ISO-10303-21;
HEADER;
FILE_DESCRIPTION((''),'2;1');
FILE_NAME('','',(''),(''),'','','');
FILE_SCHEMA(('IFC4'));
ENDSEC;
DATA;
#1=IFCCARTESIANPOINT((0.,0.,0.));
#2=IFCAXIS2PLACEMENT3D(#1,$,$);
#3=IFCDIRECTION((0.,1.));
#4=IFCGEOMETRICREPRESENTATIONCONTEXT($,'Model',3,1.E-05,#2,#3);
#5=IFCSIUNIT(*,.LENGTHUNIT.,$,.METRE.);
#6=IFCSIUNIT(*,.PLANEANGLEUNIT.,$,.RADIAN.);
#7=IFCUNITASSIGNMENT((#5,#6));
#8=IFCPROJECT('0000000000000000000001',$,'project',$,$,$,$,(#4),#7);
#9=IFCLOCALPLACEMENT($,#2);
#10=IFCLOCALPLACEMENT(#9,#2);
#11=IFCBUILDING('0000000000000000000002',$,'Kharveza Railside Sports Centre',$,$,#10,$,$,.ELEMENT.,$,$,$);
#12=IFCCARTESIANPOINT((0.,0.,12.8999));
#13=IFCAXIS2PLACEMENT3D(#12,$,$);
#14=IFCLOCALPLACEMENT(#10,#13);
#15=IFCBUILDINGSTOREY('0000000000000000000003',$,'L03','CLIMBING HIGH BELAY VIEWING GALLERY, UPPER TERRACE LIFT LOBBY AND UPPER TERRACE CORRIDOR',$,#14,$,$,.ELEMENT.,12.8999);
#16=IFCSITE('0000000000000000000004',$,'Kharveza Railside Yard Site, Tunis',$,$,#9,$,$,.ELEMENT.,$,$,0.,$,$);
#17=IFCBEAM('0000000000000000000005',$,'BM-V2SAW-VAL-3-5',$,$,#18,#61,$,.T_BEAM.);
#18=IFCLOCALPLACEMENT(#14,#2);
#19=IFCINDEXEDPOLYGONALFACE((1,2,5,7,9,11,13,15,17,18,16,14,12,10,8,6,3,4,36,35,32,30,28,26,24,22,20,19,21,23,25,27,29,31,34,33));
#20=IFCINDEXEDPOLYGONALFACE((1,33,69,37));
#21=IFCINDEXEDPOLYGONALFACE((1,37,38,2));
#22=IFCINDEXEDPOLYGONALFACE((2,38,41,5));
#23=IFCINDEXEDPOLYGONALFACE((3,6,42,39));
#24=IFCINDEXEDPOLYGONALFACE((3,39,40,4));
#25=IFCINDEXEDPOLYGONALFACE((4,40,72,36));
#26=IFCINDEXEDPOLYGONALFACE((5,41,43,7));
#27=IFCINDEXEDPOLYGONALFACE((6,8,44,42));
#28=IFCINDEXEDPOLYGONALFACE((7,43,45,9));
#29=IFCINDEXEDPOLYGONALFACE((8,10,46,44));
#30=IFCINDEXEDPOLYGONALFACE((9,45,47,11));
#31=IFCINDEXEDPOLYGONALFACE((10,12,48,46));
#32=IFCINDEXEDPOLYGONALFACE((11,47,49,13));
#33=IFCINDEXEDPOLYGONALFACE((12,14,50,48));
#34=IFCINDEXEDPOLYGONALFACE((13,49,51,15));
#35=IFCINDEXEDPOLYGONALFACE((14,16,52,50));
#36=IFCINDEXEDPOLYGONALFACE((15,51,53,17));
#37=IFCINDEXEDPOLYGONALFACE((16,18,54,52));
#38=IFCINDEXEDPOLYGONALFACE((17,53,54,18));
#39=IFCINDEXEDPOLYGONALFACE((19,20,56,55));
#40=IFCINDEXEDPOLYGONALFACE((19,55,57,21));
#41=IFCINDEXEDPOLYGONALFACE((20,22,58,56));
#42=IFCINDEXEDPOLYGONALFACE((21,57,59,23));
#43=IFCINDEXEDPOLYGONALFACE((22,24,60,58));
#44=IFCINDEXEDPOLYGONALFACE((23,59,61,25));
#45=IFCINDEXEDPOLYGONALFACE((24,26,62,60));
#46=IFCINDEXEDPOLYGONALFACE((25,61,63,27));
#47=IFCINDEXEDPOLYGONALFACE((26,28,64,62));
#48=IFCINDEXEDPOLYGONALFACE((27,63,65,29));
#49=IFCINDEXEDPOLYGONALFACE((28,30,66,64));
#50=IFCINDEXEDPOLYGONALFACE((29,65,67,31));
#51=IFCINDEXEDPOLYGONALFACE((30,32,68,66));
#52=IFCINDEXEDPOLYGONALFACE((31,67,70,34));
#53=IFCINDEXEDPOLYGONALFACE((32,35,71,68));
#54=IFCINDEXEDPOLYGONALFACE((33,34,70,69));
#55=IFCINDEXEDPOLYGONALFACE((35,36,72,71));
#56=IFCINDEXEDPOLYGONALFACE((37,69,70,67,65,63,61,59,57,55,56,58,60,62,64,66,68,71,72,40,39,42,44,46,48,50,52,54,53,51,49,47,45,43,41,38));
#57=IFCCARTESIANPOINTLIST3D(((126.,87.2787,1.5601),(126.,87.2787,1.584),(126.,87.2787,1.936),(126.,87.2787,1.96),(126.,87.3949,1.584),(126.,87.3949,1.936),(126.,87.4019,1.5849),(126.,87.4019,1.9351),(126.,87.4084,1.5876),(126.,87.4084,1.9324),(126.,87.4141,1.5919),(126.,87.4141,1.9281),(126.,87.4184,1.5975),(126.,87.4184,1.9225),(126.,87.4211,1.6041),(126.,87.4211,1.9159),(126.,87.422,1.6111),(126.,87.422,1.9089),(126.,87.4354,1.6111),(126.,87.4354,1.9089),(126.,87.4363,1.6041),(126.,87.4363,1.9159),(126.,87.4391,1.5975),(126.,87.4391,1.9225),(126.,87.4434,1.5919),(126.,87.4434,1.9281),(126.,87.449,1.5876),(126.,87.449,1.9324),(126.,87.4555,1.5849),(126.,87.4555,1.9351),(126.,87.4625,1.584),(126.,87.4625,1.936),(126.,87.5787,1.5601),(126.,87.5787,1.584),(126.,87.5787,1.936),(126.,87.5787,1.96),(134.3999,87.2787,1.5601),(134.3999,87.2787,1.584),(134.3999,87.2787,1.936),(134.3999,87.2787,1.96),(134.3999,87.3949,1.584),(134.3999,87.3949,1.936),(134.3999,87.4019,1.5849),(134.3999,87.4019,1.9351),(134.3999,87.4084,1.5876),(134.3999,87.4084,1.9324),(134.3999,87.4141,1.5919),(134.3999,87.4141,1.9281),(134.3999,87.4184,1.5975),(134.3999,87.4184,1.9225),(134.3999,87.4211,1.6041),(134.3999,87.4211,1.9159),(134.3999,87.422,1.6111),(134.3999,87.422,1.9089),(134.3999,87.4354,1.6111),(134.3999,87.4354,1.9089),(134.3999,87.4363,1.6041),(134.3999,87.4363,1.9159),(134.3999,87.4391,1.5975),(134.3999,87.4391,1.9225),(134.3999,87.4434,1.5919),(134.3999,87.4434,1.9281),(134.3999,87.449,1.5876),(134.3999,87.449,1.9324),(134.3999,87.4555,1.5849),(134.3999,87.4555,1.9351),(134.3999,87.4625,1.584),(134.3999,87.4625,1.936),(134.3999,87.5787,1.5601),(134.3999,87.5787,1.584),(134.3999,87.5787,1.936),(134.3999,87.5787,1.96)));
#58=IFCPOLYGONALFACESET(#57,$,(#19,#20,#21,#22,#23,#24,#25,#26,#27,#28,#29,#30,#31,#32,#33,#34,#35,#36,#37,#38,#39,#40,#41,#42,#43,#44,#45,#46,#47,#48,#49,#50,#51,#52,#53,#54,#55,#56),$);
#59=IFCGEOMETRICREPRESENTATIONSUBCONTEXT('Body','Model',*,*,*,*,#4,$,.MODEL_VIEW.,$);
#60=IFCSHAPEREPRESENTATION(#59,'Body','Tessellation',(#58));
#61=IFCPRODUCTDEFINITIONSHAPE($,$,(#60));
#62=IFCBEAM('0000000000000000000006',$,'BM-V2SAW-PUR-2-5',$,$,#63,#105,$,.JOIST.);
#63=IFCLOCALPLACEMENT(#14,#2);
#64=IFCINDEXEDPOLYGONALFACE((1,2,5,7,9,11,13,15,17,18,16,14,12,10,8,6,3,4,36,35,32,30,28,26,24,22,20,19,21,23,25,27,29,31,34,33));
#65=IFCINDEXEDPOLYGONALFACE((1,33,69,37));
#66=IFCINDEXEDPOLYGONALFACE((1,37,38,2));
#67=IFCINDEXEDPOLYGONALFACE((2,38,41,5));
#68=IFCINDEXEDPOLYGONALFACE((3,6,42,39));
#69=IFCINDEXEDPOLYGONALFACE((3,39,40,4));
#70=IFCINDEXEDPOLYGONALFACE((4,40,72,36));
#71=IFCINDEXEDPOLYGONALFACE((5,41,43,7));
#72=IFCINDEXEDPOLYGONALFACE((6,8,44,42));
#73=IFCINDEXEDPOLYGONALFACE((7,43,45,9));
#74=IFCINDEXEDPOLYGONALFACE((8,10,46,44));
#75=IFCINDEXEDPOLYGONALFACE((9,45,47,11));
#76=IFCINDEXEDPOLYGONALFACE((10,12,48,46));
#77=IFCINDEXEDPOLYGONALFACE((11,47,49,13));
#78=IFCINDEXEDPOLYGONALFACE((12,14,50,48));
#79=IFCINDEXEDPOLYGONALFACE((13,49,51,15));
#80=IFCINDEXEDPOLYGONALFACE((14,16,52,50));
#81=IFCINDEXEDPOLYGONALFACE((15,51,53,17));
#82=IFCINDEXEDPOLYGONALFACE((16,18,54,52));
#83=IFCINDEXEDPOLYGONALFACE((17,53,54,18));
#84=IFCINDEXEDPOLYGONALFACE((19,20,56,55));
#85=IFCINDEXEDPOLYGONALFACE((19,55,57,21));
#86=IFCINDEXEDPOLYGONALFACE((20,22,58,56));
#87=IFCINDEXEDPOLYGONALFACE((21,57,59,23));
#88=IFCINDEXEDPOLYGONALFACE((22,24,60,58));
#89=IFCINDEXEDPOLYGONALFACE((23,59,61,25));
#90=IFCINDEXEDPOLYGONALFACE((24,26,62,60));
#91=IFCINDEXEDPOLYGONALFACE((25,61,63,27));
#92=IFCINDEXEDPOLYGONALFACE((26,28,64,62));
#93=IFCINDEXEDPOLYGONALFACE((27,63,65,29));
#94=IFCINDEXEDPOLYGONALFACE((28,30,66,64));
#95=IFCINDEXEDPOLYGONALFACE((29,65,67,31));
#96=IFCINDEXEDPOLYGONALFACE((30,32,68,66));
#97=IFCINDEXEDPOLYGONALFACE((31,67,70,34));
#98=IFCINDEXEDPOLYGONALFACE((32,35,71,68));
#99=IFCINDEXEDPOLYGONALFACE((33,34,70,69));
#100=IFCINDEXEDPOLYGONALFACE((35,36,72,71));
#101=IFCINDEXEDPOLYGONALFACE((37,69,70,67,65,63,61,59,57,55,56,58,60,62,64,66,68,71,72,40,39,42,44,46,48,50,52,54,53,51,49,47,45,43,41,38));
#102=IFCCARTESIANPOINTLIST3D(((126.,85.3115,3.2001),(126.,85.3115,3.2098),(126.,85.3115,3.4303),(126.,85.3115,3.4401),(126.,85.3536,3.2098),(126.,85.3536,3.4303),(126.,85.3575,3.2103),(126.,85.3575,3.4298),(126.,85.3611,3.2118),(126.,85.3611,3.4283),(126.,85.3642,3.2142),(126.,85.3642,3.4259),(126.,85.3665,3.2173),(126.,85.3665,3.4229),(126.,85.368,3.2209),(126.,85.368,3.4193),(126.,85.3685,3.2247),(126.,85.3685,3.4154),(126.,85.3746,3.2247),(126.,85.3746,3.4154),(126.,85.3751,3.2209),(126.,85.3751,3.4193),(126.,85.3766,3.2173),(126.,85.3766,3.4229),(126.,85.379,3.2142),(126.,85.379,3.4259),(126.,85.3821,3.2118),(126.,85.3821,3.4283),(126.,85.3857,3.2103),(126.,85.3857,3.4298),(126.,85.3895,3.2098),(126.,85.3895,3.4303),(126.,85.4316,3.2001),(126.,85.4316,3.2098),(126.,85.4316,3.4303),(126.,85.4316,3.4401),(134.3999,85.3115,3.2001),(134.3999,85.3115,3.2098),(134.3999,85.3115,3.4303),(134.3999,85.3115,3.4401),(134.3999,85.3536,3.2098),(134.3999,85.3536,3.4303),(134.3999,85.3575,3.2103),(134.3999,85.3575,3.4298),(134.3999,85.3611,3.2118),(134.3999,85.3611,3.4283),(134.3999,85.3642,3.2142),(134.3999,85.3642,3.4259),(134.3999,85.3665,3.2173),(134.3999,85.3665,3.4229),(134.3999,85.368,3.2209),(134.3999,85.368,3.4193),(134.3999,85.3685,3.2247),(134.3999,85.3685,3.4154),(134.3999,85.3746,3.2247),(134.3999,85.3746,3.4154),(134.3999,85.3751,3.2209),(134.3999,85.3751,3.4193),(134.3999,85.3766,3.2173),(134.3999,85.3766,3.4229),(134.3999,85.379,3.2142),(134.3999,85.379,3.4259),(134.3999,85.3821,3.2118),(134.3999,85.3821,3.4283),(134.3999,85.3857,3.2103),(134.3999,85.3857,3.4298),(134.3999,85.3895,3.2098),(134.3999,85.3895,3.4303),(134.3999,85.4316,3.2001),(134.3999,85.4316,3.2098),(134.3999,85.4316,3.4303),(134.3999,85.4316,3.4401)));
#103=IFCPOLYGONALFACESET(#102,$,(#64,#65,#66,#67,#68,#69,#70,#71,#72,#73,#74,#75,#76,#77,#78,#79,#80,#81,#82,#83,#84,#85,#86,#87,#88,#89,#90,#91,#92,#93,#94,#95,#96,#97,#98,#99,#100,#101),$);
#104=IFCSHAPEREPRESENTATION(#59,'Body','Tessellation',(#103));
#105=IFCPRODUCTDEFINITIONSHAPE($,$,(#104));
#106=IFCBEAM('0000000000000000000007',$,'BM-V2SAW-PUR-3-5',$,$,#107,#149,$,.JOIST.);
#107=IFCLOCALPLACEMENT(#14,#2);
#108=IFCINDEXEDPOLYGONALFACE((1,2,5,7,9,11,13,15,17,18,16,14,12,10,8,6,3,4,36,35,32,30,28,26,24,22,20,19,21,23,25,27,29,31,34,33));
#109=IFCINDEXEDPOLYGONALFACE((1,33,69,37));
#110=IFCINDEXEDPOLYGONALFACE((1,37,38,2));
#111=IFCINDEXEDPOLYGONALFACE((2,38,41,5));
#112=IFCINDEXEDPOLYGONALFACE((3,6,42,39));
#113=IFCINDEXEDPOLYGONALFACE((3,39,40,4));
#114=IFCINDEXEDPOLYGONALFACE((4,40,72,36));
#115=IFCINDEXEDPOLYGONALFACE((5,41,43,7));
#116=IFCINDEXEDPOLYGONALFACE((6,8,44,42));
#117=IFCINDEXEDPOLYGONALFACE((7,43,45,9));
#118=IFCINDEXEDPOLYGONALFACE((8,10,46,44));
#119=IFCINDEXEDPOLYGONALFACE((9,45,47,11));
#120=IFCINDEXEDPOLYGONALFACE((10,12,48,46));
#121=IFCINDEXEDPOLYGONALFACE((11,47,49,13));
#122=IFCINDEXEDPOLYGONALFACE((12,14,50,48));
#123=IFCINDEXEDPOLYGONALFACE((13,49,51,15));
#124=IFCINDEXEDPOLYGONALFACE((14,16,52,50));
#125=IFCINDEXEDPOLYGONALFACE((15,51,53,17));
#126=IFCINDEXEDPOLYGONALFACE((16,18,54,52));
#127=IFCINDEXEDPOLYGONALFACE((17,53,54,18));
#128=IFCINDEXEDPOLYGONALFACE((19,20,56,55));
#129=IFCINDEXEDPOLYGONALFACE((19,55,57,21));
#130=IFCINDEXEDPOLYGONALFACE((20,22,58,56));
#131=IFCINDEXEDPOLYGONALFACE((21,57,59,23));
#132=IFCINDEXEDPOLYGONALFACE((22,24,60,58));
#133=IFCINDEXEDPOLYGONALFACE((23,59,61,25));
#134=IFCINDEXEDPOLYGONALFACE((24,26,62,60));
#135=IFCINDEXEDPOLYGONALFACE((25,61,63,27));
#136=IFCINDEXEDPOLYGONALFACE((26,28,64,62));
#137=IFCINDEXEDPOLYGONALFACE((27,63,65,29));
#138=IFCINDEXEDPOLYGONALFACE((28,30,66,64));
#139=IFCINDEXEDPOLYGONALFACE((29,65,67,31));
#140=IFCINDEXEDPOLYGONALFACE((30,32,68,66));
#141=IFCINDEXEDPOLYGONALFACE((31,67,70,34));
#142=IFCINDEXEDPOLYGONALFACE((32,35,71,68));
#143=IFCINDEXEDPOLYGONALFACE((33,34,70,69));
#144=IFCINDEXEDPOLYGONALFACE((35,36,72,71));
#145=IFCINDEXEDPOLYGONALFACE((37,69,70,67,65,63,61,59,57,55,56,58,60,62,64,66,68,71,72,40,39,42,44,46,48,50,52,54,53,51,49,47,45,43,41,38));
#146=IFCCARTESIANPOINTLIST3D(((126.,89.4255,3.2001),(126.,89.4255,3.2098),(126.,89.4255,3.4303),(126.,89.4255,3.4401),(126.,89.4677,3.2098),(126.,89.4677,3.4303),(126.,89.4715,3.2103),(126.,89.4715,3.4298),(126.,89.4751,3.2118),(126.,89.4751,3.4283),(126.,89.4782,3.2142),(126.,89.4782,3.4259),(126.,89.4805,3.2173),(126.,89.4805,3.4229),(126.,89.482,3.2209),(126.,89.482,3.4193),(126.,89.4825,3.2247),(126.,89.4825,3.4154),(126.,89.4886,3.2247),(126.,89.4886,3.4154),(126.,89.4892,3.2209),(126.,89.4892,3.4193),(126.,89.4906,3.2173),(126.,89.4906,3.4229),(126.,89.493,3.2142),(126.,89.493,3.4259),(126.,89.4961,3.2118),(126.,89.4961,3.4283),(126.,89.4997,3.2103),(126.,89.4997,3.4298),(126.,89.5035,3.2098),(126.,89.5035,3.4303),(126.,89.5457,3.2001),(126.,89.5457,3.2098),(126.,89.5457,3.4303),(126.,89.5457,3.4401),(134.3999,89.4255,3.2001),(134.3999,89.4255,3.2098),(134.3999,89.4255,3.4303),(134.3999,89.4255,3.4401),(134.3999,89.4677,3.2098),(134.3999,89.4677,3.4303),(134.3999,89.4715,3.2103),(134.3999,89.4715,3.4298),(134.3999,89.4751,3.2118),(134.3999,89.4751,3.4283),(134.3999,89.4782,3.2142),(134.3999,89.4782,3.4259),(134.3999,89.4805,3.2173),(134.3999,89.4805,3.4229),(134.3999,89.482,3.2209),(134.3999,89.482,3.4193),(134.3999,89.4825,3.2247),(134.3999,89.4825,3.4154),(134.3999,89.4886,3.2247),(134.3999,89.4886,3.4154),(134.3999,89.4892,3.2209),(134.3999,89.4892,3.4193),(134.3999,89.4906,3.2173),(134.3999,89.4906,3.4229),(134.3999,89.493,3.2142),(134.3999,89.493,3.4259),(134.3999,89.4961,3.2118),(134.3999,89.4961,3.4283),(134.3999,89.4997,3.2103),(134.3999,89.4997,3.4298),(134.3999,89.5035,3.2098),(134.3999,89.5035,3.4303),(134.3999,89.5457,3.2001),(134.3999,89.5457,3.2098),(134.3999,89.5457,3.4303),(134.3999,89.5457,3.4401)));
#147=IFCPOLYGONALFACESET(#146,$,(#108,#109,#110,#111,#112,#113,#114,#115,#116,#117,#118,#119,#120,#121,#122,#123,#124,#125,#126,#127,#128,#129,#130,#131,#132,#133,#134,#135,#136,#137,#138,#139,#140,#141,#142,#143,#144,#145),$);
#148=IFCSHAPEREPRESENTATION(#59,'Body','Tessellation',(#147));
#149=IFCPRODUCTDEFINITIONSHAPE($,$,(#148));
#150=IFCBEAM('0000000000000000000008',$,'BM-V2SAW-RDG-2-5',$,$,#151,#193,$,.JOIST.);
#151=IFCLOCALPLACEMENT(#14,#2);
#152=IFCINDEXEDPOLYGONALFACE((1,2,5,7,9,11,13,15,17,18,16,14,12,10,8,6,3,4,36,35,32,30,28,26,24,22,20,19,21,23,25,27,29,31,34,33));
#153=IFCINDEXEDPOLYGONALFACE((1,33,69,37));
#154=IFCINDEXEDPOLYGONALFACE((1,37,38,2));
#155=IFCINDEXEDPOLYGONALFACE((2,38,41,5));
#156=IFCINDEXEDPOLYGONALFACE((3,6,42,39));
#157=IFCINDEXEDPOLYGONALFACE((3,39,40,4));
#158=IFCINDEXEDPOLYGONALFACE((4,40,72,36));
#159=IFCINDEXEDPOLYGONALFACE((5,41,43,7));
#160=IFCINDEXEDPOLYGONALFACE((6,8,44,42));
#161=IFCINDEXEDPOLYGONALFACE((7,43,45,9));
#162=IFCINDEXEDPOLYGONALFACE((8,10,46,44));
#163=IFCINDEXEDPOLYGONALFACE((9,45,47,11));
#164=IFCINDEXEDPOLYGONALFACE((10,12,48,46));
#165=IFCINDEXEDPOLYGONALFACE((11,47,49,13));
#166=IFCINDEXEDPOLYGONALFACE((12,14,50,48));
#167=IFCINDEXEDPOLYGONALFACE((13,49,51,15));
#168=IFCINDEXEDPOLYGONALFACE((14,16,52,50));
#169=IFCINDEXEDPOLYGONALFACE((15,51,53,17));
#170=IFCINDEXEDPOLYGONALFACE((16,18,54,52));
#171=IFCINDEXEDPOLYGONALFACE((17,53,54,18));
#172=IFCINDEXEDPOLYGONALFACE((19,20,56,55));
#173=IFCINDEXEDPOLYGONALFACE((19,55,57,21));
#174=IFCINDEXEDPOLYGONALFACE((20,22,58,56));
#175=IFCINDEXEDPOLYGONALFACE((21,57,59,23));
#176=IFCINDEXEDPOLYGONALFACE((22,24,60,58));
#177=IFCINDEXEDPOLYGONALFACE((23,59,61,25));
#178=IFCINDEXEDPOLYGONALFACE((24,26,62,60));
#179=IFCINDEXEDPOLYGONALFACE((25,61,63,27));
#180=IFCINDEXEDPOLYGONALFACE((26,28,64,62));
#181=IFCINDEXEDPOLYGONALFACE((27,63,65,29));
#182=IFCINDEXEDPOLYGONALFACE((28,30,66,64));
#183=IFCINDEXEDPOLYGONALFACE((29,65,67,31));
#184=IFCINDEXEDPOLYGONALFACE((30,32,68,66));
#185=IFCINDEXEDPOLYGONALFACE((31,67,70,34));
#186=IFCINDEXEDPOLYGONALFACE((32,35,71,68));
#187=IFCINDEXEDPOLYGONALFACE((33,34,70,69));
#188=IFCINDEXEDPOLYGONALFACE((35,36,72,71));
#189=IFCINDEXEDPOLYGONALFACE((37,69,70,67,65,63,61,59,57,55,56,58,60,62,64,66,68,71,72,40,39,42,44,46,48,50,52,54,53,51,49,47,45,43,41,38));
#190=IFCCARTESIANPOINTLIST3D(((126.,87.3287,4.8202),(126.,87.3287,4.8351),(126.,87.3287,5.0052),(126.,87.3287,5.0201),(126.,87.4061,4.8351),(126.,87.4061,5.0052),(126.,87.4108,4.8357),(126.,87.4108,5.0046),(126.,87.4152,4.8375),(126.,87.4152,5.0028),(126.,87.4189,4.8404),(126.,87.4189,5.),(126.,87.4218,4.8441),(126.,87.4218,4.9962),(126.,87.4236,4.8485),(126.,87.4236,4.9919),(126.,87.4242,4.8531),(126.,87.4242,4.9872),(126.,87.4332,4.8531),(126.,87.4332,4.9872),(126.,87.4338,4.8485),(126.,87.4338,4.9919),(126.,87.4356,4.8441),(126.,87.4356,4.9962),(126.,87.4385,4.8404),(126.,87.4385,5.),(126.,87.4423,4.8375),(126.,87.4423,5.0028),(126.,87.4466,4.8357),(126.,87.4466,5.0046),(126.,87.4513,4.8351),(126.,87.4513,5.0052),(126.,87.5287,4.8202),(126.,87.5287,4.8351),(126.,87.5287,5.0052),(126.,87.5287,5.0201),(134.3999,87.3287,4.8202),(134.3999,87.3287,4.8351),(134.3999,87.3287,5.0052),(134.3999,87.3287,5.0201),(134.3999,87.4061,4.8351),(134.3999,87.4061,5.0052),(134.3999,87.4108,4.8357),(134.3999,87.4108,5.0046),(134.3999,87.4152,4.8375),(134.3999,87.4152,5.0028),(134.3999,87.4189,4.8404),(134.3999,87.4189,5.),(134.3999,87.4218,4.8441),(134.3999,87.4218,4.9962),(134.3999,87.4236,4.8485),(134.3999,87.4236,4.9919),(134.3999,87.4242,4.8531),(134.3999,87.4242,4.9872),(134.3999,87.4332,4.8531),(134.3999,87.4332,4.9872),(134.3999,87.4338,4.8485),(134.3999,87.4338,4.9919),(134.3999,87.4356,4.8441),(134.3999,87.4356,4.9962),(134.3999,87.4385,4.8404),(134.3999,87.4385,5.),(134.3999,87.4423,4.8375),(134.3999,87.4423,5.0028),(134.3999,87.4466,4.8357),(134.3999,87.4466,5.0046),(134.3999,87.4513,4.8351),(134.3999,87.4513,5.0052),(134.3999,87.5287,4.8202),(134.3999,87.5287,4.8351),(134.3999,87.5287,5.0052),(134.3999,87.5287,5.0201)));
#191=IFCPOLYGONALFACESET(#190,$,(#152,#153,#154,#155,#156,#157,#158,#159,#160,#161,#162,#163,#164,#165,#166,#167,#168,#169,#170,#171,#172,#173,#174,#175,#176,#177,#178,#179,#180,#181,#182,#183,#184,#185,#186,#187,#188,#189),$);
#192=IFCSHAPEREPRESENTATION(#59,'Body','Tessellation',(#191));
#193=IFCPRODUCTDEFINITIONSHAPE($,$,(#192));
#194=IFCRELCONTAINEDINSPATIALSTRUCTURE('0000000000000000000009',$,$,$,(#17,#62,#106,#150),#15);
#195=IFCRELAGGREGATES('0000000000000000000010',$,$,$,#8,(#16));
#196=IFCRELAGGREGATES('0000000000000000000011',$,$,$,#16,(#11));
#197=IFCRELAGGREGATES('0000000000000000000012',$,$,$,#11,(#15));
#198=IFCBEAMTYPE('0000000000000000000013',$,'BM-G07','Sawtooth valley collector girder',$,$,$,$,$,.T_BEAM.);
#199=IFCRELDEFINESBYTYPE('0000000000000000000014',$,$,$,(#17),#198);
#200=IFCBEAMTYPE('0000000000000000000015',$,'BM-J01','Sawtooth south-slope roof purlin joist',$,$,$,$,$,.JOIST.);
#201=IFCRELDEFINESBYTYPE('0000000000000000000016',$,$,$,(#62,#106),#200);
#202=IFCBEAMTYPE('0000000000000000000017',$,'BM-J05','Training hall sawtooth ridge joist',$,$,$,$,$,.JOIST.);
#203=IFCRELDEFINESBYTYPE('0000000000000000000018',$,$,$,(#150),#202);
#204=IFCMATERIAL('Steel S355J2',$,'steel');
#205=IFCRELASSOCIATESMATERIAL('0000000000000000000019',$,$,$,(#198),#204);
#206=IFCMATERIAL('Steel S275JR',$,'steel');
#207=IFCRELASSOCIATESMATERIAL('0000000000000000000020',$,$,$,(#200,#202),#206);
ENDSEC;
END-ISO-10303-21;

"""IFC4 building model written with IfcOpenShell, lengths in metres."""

from ifc_helpers import new_model, si_unit, direction, frame, origin, origin_2d, place, context, subcontext, project, spatial, i_section, extrude, material, material_profile, profile_set, type_object, element, save


model = new_model("IFC4")

# Units and contexts
model_context = context("Model", 3, precision=1e-05, world=origin(), true_north=direction((0.0, 1.0)))
body_context = subcontext(model_context, "Body", "Model", "MODEL_VIEW")
ifc_project = project(units=[si_unit("LENGTHUNIT", "METRE"), si_unit("PLANEANGLEUNIT", "RADIAN")], contexts=[model_context])

# Site, building, storey
site_placement = place(None, origin())
site = spatial("IfcSite", under=ifc_project, at=site_placement, Name="Kharveza Railside Yard Site, Tunis", CompositionType="ELEMENT", RefElevation=0.0)
building_placement = place(site_placement, origin())
building = spatial("IfcBuilding", under=site, at=building_placement, Name="Kharveza Railside Sports Centre", CompositionType="ELEMENT")
storey_placement = place(building_placement, frame((0.0, 0.0, 12.8999)))
storey = spatial("IfcBuildingStorey", under=building, at=storey_placement, Name="L03", Description="CLIMBING HIGH BELAY VIEWING GALLERY, UPPER TERRACE LIFT LOBBY AND UPPER TERRACE CORRIDOR", CompositionType="ELEMENT", Elevation=12.8999)

# Beams
ifc_material_1 = material(Name="Steel S355J2", Category="steel")
ifc_material_profile_1 = material_profile(ifc_material_1, i_section(OverallWidth=0.3, OverallDepth=0.3999, WebThickness=0.0134, FlangeThickness=0.0239, FilletRadius=0.0271, at=origin_2d()), Name="HEB 400")
ifc_profile_set_1 = profile_set([ifc_material_profile_1], Name="Steel S355J2")
beam_type_1 = type_object("IfcBeamType", Name="BM-G07", Description="Sawtooth valley collector girder", PredefinedType="T_BEAM", material=ifc_profile_set_1)
beam_1_placement = place(storey_placement, frame((126.0, 87.4287, 1.76), z_axis=(1.0, 0.0, 0.0), x_axis=(0.0, 1.0, 0.0)))
element("IfcBeam", 1, at=beam_1_placement, inside=storey, type_object=beam_type_1, Name="BM-V2SAW-VAL-3-5", PredefinedType="T_BEAM", context=body_context, shape_type="SweptSolid", body=[
    extrude(i_section(OverallWidth=0.3, OverallDepth=0.3999, WebThickness=0.0134, FlangeThickness=0.0239, FilletRadius=0.0271, at=origin_2d()), origin(), (0.0, 0.0, 1.0), 8.3999),
])
ifc_material_2 = material(Name="Steel S275JR", Category="steel")
ifc_material_profile_2 = material_profile(ifc_material_2, i_section(OverallWidth=0.1201, OverallDepth=0.24, WebThickness=0.0061, FlangeThickness=0.0098, FilletRadius=0.0149, at=origin_2d()), Name="IPE 240")
ifc_profile_set_2 = profile_set([ifc_material_profile_2], Name="Steel S275JR")
beam_type_2 = type_object("IfcBeamType", Name="BM-J01", Description="Sawtooth south-slope roof purlin joist", PredefinedType="JOIST", material=ifc_profile_set_2)
for number, where, z_axis, x_axis, name in (
    (2, (126.0, 85.3716, 3.3201), (1.0, 0.0, 0.0), (0.0, 1.0, 0.0), "BM-V2SAW-PUR-2-5"),
    (3, (126.0, 89.4856, 3.3201), (1.0, 0.0, 0.0), (0.0, 1.0, 0.0), "BM-V2SAW-PUR-3-5"),
):
    element("IfcBeam", number, at=place(storey_placement, frame(where, z_axis=z_axis, x_axis=x_axis)), inside=storey, type_object=beam_type_2, Name=name, PredefinedType="JOIST", context=body_context, shape_type="SweptSolid", body=[
        extrude(i_section(OverallWidth=0.1201, OverallDepth=0.24, WebThickness=0.0061, FlangeThickness=0.0098, FilletRadius=0.0149, at=origin_2d()), origin(), (0.0, 0.0, 1.0), 8.3999),
    ])
ifc_material_profile_3 = material_profile(ifc_material_2, i_section(OverallWidth=0.2, OverallDepth=0.2, WebThickness=0.009, FlangeThickness=0.0149, FilletRadius=0.0181, at=origin_2d()), Name="HEB 200")
ifc_profile_set_3 = profile_set([ifc_material_profile_3], Name="Steel S275JR")
beam_type_3 = type_object("IfcBeamType", Name="BM-J05", Description="Training hall sawtooth ridge joist", PredefinedType="JOIST", material=ifc_profile_set_3)
beam_2_placement = place(storey_placement, frame((126.0, 87.4287, 4.9202), z_axis=(1.0, 0.0, 0.0), x_axis=(0.0, 1.0, 0.0)))
element("IfcBeam", 4, at=beam_2_placement, inside=storey, type_object=beam_type_3, Name="BM-V2SAW-RDG-2-5", PredefinedType="JOIST", context=body_context, shape_type="SweptSolid", body=[
    extrude(i_section(OverallWidth=0.2, OverallDepth=0.2, WebThickness=0.009, FlangeThickness=0.0149, FilletRadius=0.0181, at=origin_2d()), origin(), (0.0, 0.0, 1.0), 8.3999),
])

save(model, "model.ifc")
